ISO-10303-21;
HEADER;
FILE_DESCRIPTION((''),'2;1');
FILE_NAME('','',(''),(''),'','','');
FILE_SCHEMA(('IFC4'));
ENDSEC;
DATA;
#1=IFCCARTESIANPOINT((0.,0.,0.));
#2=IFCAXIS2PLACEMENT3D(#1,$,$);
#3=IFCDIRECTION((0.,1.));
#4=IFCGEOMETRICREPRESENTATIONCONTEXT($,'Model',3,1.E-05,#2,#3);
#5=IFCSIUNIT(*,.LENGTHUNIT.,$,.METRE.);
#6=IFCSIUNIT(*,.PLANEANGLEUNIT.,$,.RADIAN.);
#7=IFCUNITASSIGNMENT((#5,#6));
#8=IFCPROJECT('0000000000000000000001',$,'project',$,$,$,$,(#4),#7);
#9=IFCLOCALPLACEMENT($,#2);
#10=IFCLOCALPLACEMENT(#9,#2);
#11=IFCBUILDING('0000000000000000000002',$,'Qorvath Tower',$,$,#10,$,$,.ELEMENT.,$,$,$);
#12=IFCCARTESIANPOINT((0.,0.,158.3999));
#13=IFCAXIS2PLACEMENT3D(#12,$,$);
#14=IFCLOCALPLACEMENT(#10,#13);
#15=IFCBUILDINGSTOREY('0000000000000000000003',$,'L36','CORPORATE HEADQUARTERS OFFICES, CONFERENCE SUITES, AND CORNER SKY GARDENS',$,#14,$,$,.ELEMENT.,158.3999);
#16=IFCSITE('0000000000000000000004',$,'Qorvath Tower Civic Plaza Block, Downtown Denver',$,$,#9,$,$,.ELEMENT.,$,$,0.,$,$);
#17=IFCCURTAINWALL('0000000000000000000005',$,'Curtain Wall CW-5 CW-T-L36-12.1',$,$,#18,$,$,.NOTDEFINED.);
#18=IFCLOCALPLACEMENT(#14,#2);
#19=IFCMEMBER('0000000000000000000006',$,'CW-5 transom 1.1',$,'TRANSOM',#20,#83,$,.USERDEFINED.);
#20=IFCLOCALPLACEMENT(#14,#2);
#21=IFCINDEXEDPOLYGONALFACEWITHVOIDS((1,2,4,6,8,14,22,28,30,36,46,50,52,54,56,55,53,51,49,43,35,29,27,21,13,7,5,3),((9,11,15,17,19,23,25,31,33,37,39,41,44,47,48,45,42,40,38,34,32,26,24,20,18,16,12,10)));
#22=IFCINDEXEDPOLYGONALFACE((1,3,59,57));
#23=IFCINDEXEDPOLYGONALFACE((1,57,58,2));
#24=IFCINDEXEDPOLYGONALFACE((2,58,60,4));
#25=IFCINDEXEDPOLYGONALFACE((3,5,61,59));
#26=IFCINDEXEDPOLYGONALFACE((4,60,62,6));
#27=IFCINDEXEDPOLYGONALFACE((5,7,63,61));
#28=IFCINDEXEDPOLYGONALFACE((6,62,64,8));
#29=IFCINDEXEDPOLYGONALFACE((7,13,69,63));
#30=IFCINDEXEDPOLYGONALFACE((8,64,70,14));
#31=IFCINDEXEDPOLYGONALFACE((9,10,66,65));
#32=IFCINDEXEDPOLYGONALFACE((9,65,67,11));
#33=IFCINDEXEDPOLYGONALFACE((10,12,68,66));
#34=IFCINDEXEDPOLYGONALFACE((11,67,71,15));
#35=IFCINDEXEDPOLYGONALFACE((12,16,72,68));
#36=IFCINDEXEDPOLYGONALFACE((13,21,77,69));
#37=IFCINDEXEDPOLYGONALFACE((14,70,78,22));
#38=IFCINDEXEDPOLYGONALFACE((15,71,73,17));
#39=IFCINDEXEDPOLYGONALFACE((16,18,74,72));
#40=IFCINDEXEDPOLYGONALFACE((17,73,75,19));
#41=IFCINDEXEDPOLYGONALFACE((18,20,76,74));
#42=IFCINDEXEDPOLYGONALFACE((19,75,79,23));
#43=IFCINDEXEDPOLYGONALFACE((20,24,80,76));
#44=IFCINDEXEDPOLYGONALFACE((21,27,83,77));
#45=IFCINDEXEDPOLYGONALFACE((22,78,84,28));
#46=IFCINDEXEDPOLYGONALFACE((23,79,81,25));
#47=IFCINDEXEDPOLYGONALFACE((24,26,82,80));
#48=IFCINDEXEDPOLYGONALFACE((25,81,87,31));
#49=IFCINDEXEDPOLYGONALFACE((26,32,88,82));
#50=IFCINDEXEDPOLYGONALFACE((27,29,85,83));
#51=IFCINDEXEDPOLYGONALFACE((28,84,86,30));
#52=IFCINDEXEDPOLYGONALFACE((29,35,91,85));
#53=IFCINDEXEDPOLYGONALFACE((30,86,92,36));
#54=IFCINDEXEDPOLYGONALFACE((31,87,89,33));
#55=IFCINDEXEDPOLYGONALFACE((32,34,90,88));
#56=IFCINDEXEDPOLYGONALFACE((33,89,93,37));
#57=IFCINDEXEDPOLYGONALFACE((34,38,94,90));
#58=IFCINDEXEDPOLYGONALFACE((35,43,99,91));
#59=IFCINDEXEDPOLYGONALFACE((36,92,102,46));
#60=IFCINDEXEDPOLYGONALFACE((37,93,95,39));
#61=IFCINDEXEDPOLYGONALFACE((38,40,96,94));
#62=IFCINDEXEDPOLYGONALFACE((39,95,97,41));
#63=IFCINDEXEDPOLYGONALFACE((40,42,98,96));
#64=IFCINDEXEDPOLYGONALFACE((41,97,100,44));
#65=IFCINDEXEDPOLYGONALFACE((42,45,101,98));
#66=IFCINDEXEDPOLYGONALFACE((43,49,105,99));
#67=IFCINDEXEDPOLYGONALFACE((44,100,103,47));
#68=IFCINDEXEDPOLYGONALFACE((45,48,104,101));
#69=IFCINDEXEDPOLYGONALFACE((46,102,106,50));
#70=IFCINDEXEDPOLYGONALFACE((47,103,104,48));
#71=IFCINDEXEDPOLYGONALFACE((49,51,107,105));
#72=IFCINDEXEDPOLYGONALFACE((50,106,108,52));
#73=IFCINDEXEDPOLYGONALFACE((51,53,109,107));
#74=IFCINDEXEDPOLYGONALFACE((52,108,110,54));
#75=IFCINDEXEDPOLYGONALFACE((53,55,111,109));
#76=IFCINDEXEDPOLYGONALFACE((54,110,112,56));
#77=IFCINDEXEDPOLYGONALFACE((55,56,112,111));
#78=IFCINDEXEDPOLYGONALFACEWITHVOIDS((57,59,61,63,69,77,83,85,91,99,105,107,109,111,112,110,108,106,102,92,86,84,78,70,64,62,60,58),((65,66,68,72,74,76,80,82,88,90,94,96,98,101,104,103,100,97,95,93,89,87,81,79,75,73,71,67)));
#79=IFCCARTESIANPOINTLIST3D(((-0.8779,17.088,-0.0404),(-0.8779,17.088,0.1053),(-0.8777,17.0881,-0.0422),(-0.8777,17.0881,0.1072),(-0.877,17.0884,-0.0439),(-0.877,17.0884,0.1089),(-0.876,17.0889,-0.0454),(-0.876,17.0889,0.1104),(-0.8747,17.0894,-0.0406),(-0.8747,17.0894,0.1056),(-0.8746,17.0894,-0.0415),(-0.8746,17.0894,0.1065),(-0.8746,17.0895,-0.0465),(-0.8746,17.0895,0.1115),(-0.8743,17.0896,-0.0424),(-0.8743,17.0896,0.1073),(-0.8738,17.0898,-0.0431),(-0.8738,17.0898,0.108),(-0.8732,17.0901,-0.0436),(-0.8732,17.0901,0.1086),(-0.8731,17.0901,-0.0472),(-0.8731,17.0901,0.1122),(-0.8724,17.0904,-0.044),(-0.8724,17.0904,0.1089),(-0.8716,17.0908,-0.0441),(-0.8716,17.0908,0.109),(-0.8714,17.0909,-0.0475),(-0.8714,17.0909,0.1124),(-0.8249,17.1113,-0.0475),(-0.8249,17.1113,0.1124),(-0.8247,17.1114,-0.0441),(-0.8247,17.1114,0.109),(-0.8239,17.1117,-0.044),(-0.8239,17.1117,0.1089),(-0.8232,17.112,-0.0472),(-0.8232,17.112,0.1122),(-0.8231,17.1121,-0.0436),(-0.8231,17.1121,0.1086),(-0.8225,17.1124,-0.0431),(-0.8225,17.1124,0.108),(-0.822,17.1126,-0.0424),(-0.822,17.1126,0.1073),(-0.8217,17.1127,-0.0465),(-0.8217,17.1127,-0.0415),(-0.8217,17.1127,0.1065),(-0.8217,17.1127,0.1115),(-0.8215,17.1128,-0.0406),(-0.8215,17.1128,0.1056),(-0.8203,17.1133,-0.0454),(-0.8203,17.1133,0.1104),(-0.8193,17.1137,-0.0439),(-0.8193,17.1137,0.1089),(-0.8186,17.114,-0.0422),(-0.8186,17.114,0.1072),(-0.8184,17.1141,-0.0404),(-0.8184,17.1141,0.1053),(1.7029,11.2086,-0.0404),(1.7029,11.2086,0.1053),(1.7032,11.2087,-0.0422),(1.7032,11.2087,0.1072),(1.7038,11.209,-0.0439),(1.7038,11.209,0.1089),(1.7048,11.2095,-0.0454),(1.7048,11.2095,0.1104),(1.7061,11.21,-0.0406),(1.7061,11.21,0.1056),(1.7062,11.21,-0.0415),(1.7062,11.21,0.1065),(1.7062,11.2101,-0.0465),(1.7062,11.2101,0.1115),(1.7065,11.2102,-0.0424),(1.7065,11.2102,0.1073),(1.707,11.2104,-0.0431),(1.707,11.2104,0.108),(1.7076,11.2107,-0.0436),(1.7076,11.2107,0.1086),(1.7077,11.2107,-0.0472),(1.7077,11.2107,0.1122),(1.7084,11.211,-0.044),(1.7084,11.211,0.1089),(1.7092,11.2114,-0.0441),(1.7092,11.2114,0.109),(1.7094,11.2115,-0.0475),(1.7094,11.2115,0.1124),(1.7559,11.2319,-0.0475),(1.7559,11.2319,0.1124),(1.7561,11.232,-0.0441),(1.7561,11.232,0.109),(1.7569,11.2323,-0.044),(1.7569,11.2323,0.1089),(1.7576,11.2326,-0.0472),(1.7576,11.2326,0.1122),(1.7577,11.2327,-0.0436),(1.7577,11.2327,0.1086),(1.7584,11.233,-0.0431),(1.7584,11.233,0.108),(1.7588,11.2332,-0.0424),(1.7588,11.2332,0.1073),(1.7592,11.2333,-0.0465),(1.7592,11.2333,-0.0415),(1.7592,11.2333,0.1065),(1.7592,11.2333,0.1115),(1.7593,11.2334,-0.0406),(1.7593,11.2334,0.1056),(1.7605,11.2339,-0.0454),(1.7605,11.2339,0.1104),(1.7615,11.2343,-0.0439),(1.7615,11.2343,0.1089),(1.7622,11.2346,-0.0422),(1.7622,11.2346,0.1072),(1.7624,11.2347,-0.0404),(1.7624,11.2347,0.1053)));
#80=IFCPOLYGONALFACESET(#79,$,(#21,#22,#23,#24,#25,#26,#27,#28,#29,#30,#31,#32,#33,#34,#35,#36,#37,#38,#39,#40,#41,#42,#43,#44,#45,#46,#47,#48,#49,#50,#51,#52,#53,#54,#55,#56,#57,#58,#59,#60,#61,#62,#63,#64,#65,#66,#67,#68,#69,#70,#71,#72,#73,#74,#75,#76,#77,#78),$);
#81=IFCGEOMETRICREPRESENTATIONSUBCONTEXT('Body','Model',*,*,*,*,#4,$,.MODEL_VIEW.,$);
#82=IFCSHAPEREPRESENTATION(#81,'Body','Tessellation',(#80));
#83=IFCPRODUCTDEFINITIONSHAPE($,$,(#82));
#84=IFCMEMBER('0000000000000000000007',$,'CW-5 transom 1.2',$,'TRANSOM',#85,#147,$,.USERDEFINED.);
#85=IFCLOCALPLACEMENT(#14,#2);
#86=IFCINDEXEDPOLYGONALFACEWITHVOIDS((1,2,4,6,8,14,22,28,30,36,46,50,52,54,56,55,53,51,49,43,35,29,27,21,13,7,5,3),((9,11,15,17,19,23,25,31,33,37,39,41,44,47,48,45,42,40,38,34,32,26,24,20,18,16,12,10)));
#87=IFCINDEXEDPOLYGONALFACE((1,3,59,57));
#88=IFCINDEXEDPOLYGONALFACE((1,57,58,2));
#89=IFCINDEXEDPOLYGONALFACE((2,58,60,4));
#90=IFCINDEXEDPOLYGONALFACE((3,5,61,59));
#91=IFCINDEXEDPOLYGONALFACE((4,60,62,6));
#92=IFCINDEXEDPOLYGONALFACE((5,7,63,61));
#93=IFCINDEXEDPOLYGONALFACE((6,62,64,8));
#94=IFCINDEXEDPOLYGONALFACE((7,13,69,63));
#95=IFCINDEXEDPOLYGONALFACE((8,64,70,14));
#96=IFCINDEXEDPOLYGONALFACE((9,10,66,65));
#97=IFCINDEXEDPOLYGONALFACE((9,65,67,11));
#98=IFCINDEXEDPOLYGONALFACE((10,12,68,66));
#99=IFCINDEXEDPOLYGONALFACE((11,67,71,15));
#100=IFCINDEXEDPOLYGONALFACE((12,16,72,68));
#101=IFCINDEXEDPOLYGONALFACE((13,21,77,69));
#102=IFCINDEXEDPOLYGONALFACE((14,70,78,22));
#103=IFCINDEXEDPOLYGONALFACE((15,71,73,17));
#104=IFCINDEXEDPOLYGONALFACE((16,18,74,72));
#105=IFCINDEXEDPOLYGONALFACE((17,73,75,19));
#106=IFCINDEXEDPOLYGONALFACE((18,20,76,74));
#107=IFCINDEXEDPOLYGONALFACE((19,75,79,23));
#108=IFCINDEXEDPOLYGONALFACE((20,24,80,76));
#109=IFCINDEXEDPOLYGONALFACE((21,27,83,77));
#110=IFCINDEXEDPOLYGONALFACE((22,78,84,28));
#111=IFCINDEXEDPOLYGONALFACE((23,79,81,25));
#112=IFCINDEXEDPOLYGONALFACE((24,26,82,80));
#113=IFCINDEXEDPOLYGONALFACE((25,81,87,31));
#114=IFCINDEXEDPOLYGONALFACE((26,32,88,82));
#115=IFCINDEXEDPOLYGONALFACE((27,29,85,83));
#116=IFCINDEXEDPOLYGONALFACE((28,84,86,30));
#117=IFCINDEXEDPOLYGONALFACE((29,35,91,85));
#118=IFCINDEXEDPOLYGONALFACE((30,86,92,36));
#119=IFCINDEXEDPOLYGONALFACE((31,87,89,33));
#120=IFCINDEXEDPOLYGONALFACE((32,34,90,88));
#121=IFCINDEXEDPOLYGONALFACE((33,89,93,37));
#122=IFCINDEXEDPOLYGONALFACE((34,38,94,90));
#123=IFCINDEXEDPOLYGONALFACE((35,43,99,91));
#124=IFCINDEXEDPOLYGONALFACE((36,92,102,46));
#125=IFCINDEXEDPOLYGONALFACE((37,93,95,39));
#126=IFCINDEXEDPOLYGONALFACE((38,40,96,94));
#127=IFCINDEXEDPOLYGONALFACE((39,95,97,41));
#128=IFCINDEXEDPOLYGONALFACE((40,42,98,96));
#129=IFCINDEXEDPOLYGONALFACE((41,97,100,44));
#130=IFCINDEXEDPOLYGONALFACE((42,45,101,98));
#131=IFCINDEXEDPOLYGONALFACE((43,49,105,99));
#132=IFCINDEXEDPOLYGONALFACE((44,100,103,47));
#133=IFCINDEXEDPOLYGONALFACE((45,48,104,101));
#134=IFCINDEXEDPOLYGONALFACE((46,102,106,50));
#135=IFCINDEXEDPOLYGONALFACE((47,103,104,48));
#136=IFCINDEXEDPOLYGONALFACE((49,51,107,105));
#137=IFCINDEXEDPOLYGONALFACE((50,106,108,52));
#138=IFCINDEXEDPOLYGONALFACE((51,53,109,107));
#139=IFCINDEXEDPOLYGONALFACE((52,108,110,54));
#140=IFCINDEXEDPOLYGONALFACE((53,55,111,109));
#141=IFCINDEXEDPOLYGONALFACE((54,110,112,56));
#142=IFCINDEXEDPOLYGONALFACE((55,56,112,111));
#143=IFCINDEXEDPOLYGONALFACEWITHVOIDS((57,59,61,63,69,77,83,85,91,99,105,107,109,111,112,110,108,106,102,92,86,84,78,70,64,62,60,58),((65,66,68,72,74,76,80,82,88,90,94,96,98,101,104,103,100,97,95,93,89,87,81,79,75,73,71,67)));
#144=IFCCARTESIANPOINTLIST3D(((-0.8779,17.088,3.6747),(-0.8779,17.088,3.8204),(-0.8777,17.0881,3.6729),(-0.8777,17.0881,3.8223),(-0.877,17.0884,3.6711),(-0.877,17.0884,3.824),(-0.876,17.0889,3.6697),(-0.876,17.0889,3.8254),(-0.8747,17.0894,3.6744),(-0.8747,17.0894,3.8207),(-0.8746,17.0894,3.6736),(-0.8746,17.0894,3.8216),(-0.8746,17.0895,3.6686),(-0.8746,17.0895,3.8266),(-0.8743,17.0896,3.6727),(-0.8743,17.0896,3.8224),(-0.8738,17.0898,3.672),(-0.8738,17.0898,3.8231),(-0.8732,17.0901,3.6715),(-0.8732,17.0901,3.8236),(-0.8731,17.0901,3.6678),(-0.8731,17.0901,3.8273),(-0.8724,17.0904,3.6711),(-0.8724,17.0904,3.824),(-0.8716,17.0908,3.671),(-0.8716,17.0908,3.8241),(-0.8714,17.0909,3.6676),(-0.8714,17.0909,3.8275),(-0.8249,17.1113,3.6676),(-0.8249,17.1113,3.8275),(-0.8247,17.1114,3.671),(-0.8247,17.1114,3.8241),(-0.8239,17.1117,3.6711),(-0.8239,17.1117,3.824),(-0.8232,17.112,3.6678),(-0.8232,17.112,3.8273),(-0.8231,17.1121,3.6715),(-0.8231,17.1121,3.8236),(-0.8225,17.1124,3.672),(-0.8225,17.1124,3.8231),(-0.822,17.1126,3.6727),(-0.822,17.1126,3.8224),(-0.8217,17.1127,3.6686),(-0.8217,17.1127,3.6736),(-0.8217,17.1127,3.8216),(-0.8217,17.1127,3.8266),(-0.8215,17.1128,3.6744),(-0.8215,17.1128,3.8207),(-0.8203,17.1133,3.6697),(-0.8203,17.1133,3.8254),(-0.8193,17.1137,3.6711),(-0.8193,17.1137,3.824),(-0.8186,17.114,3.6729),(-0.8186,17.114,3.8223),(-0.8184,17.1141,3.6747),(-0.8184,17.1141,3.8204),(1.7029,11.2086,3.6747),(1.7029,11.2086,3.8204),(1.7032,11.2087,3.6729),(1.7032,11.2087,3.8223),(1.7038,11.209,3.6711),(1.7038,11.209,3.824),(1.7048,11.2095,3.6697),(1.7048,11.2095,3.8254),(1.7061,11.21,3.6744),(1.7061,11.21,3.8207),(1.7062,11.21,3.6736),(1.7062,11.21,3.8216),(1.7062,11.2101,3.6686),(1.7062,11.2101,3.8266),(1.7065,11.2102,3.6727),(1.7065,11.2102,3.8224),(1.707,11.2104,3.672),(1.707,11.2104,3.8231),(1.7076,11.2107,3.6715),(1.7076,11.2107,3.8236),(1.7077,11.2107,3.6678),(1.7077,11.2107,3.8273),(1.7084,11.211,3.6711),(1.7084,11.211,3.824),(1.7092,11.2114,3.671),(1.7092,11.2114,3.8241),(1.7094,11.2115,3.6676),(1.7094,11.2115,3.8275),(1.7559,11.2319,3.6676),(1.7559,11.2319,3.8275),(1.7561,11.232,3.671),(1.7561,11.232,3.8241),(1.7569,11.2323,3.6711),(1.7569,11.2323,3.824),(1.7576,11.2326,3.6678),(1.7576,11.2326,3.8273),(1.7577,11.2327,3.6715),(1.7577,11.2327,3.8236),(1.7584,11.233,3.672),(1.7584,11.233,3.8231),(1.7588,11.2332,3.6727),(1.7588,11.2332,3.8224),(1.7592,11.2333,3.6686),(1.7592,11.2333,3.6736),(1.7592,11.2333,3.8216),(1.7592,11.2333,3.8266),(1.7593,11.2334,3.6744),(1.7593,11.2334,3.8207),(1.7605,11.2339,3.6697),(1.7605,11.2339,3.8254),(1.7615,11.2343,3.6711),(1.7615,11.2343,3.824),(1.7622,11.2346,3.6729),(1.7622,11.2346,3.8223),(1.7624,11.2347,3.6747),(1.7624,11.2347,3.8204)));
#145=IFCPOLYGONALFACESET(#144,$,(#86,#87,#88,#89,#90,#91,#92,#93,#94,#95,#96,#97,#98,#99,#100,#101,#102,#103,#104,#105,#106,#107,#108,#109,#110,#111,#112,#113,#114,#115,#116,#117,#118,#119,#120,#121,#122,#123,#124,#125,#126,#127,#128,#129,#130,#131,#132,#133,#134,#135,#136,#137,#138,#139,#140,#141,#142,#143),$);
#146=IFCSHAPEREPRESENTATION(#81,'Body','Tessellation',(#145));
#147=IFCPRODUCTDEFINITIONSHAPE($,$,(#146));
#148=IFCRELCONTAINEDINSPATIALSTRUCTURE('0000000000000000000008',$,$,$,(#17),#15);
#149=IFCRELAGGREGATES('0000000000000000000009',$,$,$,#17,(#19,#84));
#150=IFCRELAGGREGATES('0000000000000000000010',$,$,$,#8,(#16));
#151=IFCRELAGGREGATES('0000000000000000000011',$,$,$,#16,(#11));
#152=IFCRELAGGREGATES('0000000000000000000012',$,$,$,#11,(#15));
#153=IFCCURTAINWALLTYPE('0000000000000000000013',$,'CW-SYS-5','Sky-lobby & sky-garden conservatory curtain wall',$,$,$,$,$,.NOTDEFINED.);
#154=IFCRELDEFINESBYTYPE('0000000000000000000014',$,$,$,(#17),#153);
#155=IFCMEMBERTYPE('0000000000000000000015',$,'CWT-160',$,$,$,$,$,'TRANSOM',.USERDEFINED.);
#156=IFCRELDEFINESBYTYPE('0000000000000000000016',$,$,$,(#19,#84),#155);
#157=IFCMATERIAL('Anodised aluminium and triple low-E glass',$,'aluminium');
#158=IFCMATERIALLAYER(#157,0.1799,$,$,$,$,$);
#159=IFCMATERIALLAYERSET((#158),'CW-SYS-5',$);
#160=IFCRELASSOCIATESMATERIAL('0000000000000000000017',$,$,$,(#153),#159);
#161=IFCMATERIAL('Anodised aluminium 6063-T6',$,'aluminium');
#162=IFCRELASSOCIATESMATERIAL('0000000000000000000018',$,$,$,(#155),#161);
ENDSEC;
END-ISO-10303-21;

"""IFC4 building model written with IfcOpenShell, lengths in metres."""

from ifc_helpers import new_model, si_unit, direction, frame, origin, origin_2d, place, context, subcontext, project, spatial, hollow_rectangle, extrude, material, layer, layer_set, material_profile, profile_set, type_object, element, aggregate, save


model = new_model("IFC4")

# Units and contexts
model_context = context("Model", 3, precision=1e-05, world=origin(), true_north=direction((0.0, 1.0)))
body_context = subcontext(model_context, "Body", "Model", "MODEL_VIEW")
ifc_project = project(units=[si_unit("LENGTHUNIT", "METRE"), si_unit("PLANEANGLEUNIT", "RADIAN")], contexts=[model_context])

# Site, building, storey
site_placement = place(None, origin())
site = spatial("IfcSite", under=ifc_project, at=site_placement, Name="Qorvath Tower Civic Plaza Block, Downtown Denver", CompositionType="ELEMENT", RefElevation=0.0)
building_placement = place(site_placement, origin())
building = spatial("IfcBuilding", under=site, at=building_placement, Name="Qorvath Tower", CompositionType="ELEMENT")
storey_placement = place(building_placement, frame((0.0, 0.0, 158.3999)))
storey = spatial("IfcBuildingStorey", under=building, at=storey_placement, Name="L36", Description="CORPORATE HEADQUARTERS OFFICES, CONFERENCE SUITES, AND CORNER SKY GARDENS", CompositionType="ELEMENT", Elevation=158.3999)

# Shared definitions
ifc_material_1 = material(Name="Anodised aluminium and triple low-E glass", Category="aluminium")
ifc_layer_1 = layer(ifc_material_1, 0.1799)
ifc_layer_set_1 = layer_set([ifc_layer_1], Name="CW-SYS-5")
curtain_wall_type = type_object("IfcCurtainWallType", Name="CW-SYS-5", Description="Sky-lobby & sky-garden conservatory curtain wall", PredefinedType="NOTDEFINED", material=ifc_layer_set_1)

# Curtain wall
curtain_wall_1_placement = place(storey_placement, origin())
curtain_wall_1 = element("IfcCurtainWall", 1, at=curtain_wall_1_placement, inside=storey, type_object=curtain_wall_type, Name="Curtain Wall CW-5 CW-T-L36-12.1", PredefinedType="NOTDEFINED")

# Members
ifc_material_2 = material(Name="Anodised aluminium 6063-T6", Category="aluminium")
ifc_material_profile_1 = material_profile(ifc_material_2, hollow_rectangle(XDim=0.0649, YDim=0.1599, WallThickness=0.0034, InnerFilletRadius=0.0034, OuterFilletRadius=0.0071, at=origin_2d()), Name="CWT 160x65")
ifc_profile_set_1 = profile_set([ifc_material_profile_1], Name="Anodised aluminium 6063-T6")
member_type_1 = type_object("IfcMemberType", Name="CWT-160", ElementType="TRANSOM", PredefinedType="USERDEFINED", material=ifc_profile_set_1)
member_1_placement = place(storey_placement, frame((1.7327, 11.2217, 0.0325), z_axis=(-0.40194, 0.915666, 0.0), x_axis=(-0.915666, -0.40194, 0.0)))
member_1 = element("IfcMember", 2, at=member_1_placement, type_object=member_type_1, Name="CW-5 transom 1.1", ObjectType="TRANSOM", PredefinedType="USERDEFINED", context=body_context, shape_type="SweptSolid", body=[
    extrude(hollow_rectangle(XDim=0.0649, YDim=0.1599, WallThickness=0.0034, InnerFilletRadius=0.0034, OuterFilletRadius=0.0071, at=origin_2d()), origin(), (0.0, 0.0, 1.0), 6.4209),
])
member_2_placement = place(storey_placement, frame((1.7327, 11.2217, 3.7476), z_axis=(-0.40194, 0.915666, 0.0), x_axis=(-0.915666, -0.40194, 0.0)))
member_2 = element("IfcMember", 3, at=member_2_placement, type_object=member_type_1, Name="CW-5 transom 1.2", ObjectType="TRANSOM", PredefinedType="USERDEFINED", context=body_context, shape_type="SweptSolid", body=[
    extrude(hollow_rectangle(XDim=0.0649, YDim=0.1599, WallThickness=0.0034, InnerFilletRadius=0.0034, OuterFilletRadius=0.0071, at=origin_2d()), origin(), (0.0, 0.0, 1.0), 6.4209),
])

aggregate(curtain_wall_1, [member_1, member_2])

save(model, "model.ifc")
